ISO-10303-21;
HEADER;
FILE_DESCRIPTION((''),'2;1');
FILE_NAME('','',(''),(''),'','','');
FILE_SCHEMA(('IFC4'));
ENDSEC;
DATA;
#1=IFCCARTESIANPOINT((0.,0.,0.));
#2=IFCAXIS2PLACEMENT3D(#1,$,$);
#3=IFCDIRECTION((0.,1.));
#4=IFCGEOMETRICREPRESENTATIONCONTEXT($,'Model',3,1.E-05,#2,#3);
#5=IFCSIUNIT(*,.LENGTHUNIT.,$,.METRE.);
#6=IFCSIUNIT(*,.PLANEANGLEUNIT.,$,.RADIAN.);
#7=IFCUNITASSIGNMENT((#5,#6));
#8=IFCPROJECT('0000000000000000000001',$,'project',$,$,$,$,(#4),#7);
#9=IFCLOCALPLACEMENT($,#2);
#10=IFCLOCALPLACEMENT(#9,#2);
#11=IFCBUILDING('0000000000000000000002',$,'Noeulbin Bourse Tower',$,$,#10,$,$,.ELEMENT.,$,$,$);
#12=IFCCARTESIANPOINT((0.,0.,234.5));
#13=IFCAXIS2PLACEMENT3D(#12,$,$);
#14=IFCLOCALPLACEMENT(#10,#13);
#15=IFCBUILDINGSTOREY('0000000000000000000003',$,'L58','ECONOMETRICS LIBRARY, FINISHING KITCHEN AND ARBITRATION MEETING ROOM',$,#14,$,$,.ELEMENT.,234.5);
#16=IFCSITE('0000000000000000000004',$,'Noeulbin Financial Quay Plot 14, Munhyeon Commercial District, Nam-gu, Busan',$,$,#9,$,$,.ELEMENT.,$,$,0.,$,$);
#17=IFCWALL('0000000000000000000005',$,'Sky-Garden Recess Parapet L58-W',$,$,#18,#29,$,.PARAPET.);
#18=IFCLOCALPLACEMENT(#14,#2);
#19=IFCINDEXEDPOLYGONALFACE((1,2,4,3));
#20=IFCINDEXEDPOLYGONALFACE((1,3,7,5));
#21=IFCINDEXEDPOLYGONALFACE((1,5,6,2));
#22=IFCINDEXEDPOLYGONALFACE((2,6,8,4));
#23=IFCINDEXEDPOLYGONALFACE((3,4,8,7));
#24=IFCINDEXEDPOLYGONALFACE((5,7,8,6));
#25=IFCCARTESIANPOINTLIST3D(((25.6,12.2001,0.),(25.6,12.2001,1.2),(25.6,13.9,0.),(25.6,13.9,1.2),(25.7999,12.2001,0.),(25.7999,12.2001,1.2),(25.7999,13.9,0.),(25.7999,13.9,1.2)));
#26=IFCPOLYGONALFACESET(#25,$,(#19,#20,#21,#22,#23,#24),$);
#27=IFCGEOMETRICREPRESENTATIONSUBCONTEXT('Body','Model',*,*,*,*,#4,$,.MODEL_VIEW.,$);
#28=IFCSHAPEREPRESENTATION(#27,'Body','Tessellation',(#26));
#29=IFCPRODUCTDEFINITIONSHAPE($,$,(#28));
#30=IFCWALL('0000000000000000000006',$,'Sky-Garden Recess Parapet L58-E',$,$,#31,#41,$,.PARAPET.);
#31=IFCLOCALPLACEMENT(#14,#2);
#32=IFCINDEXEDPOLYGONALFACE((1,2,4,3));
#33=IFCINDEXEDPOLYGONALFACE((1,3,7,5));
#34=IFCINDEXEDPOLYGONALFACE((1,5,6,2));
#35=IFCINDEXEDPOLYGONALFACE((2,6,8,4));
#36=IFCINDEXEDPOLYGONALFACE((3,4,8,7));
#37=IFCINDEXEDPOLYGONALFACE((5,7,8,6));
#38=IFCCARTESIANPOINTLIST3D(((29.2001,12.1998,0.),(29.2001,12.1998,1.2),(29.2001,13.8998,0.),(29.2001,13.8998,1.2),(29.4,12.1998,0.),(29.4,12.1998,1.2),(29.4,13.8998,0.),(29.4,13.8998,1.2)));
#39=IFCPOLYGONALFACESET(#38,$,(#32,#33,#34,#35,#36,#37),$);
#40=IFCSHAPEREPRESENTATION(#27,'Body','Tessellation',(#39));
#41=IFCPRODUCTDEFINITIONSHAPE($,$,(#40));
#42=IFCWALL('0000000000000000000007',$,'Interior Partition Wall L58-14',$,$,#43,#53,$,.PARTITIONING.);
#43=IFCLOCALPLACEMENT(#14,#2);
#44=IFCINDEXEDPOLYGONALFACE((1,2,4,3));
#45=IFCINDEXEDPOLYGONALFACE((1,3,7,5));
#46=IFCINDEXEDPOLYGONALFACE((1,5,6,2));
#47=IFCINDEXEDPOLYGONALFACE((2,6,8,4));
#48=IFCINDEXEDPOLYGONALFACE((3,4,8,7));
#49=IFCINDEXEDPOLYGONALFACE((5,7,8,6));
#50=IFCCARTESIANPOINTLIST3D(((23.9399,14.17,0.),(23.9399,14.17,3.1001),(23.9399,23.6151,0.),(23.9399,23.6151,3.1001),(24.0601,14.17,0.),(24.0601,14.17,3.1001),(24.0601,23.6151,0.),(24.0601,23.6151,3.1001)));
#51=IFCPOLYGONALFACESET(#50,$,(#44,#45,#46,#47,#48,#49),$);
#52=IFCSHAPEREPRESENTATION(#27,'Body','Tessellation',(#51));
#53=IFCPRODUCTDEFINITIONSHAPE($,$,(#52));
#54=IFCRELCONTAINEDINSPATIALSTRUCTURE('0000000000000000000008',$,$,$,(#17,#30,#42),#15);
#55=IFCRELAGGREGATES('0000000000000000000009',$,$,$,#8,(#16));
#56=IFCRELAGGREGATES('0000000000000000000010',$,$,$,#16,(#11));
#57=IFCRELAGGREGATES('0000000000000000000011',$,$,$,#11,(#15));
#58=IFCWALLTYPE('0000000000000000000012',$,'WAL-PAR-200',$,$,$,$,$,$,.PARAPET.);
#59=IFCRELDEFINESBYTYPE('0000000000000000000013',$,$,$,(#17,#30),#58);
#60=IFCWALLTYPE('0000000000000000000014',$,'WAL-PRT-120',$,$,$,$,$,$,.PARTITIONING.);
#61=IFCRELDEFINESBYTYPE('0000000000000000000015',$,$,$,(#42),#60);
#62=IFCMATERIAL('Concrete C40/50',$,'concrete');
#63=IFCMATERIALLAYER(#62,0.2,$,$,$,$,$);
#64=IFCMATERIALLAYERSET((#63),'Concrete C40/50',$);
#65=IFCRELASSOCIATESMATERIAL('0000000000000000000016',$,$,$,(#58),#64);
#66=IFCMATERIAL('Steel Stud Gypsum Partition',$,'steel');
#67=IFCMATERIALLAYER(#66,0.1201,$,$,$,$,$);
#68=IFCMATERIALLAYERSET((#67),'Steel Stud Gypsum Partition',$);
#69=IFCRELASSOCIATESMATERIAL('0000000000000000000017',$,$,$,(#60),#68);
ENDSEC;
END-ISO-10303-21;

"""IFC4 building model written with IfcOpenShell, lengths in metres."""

from ifc_helpers import new_model, si_unit, direction, frame, frame_2d, origin, place, context, subcontext, project, spatial, rectangle, extrude, material, layer, layer_set, type_object, element, save


model = new_model("IFC4")

# Units and contexts
model_context = context("Model", 3, precision=1e-05, world=origin(), true_north=direction((0.0, 1.0)))
body_context = subcontext(model_context, "Body", "Model", "MODEL_VIEW")
ifc_project = project(units=[si_unit("LENGTHUNIT", "METRE"), si_unit("PLANEANGLEUNIT", "RADIAN")], contexts=[model_context])

# Site, building, storey
site_placement = place(None, origin())
site = spatial("IfcSite", under=ifc_project, at=site_placement, Name="Noeulbin Financial Quay Plot 14, Munhyeon Commercial District, Nam-gu, Busan", CompositionType="ELEMENT", RefElevation=0.0)
building_placement = place(site_placement, origin())
building = spatial("IfcBuilding", under=site, at=building_placement, Name="Noeulbin Bourse Tower", CompositionType="ELEMENT")
storey_placement = place(building_placement, frame((0.0, 0.0, 234.5)))
storey = spatial("IfcBuildingStorey", under=building, at=storey_placement, Name="L58", Description="ECONOMETRICS LIBRARY, FINISHING KITCHEN AND ARBITRATION MEETING ROOM", CompositionType="ELEMENT", Elevation=234.5)

# Walls
ifc_material_1 = material(Name="Concrete C40/50", Category="concrete")
ifc_layer_1 = layer(ifc_material_1, 0.2)
ifc_layer_set_1 = layer_set([ifc_layer_1], Name="Concrete C40/50")
wall_type_1 = type_object("IfcWallType", Name="WAL-PAR-200", PredefinedType="PARAPET", material=ifc_layer_set_1)
for number, where, z_axis, x_axis, name in (
    (1, (25.7, 12.2, 0.0), (0.0, 0.0, 1.0), (0.0, 1.0, 0.0), "Sky-Garden Recess Parapet L58-W"),
    (2, (29.3, 13.8999, 0.0), (0.0, 0.0, 1.0), (0.0, -1.0, 0.0), "Sky-Garden Recess Parapet L58-E"),
):
    element("IfcWall", number, at=place(storey_placement, frame(where, z_axis=z_axis, x_axis=x_axis)), inside=storey, type_object=wall_type_1, Name=name, PredefinedType="PARAPET", context=body_context, shape_type="SweptSolid", body=[
        extrude(rectangle(XDim=1.7, YDim=0.2, at=frame_2d((0.8501, 0.0))), origin(), (0.0, 0.0, 1.0), 1.2),
    ])
ifc_material_2 = material(Name="Steel Stud Gypsum Partition", Category="steel")
ifc_layer_2 = layer(ifc_material_2, 0.1201)
ifc_layer_set_2 = layer_set([ifc_layer_2], Name="Steel Stud Gypsum Partition")
wall_type_2 = type_object("IfcWallType", Name="WAL-PRT-120", PredefinedType="PARTITIONING", material=ifc_layer_set_2)
wall_placement = place(storey_placement, frame((24.0, 14.1699, 0.0), z_axis=(0.0, 0.0, 1.0), x_axis=(0.0, 1.0, 0.0)))
element("IfcWall", 3, at=wall_placement, inside=storey, type_object=wall_type_2, Name="Interior Partition Wall L58-14", PredefinedType="PARTITIONING", context=body_context, shape_type="SweptSolid", body=[
    extrude(rectangle(XDim=9.4451, YDim=0.1201, at=frame_2d((4.7227, 0.0))), origin(), (0.0, 0.0, 1.0), 3.1001),
])

save(model, "model.ifc")
